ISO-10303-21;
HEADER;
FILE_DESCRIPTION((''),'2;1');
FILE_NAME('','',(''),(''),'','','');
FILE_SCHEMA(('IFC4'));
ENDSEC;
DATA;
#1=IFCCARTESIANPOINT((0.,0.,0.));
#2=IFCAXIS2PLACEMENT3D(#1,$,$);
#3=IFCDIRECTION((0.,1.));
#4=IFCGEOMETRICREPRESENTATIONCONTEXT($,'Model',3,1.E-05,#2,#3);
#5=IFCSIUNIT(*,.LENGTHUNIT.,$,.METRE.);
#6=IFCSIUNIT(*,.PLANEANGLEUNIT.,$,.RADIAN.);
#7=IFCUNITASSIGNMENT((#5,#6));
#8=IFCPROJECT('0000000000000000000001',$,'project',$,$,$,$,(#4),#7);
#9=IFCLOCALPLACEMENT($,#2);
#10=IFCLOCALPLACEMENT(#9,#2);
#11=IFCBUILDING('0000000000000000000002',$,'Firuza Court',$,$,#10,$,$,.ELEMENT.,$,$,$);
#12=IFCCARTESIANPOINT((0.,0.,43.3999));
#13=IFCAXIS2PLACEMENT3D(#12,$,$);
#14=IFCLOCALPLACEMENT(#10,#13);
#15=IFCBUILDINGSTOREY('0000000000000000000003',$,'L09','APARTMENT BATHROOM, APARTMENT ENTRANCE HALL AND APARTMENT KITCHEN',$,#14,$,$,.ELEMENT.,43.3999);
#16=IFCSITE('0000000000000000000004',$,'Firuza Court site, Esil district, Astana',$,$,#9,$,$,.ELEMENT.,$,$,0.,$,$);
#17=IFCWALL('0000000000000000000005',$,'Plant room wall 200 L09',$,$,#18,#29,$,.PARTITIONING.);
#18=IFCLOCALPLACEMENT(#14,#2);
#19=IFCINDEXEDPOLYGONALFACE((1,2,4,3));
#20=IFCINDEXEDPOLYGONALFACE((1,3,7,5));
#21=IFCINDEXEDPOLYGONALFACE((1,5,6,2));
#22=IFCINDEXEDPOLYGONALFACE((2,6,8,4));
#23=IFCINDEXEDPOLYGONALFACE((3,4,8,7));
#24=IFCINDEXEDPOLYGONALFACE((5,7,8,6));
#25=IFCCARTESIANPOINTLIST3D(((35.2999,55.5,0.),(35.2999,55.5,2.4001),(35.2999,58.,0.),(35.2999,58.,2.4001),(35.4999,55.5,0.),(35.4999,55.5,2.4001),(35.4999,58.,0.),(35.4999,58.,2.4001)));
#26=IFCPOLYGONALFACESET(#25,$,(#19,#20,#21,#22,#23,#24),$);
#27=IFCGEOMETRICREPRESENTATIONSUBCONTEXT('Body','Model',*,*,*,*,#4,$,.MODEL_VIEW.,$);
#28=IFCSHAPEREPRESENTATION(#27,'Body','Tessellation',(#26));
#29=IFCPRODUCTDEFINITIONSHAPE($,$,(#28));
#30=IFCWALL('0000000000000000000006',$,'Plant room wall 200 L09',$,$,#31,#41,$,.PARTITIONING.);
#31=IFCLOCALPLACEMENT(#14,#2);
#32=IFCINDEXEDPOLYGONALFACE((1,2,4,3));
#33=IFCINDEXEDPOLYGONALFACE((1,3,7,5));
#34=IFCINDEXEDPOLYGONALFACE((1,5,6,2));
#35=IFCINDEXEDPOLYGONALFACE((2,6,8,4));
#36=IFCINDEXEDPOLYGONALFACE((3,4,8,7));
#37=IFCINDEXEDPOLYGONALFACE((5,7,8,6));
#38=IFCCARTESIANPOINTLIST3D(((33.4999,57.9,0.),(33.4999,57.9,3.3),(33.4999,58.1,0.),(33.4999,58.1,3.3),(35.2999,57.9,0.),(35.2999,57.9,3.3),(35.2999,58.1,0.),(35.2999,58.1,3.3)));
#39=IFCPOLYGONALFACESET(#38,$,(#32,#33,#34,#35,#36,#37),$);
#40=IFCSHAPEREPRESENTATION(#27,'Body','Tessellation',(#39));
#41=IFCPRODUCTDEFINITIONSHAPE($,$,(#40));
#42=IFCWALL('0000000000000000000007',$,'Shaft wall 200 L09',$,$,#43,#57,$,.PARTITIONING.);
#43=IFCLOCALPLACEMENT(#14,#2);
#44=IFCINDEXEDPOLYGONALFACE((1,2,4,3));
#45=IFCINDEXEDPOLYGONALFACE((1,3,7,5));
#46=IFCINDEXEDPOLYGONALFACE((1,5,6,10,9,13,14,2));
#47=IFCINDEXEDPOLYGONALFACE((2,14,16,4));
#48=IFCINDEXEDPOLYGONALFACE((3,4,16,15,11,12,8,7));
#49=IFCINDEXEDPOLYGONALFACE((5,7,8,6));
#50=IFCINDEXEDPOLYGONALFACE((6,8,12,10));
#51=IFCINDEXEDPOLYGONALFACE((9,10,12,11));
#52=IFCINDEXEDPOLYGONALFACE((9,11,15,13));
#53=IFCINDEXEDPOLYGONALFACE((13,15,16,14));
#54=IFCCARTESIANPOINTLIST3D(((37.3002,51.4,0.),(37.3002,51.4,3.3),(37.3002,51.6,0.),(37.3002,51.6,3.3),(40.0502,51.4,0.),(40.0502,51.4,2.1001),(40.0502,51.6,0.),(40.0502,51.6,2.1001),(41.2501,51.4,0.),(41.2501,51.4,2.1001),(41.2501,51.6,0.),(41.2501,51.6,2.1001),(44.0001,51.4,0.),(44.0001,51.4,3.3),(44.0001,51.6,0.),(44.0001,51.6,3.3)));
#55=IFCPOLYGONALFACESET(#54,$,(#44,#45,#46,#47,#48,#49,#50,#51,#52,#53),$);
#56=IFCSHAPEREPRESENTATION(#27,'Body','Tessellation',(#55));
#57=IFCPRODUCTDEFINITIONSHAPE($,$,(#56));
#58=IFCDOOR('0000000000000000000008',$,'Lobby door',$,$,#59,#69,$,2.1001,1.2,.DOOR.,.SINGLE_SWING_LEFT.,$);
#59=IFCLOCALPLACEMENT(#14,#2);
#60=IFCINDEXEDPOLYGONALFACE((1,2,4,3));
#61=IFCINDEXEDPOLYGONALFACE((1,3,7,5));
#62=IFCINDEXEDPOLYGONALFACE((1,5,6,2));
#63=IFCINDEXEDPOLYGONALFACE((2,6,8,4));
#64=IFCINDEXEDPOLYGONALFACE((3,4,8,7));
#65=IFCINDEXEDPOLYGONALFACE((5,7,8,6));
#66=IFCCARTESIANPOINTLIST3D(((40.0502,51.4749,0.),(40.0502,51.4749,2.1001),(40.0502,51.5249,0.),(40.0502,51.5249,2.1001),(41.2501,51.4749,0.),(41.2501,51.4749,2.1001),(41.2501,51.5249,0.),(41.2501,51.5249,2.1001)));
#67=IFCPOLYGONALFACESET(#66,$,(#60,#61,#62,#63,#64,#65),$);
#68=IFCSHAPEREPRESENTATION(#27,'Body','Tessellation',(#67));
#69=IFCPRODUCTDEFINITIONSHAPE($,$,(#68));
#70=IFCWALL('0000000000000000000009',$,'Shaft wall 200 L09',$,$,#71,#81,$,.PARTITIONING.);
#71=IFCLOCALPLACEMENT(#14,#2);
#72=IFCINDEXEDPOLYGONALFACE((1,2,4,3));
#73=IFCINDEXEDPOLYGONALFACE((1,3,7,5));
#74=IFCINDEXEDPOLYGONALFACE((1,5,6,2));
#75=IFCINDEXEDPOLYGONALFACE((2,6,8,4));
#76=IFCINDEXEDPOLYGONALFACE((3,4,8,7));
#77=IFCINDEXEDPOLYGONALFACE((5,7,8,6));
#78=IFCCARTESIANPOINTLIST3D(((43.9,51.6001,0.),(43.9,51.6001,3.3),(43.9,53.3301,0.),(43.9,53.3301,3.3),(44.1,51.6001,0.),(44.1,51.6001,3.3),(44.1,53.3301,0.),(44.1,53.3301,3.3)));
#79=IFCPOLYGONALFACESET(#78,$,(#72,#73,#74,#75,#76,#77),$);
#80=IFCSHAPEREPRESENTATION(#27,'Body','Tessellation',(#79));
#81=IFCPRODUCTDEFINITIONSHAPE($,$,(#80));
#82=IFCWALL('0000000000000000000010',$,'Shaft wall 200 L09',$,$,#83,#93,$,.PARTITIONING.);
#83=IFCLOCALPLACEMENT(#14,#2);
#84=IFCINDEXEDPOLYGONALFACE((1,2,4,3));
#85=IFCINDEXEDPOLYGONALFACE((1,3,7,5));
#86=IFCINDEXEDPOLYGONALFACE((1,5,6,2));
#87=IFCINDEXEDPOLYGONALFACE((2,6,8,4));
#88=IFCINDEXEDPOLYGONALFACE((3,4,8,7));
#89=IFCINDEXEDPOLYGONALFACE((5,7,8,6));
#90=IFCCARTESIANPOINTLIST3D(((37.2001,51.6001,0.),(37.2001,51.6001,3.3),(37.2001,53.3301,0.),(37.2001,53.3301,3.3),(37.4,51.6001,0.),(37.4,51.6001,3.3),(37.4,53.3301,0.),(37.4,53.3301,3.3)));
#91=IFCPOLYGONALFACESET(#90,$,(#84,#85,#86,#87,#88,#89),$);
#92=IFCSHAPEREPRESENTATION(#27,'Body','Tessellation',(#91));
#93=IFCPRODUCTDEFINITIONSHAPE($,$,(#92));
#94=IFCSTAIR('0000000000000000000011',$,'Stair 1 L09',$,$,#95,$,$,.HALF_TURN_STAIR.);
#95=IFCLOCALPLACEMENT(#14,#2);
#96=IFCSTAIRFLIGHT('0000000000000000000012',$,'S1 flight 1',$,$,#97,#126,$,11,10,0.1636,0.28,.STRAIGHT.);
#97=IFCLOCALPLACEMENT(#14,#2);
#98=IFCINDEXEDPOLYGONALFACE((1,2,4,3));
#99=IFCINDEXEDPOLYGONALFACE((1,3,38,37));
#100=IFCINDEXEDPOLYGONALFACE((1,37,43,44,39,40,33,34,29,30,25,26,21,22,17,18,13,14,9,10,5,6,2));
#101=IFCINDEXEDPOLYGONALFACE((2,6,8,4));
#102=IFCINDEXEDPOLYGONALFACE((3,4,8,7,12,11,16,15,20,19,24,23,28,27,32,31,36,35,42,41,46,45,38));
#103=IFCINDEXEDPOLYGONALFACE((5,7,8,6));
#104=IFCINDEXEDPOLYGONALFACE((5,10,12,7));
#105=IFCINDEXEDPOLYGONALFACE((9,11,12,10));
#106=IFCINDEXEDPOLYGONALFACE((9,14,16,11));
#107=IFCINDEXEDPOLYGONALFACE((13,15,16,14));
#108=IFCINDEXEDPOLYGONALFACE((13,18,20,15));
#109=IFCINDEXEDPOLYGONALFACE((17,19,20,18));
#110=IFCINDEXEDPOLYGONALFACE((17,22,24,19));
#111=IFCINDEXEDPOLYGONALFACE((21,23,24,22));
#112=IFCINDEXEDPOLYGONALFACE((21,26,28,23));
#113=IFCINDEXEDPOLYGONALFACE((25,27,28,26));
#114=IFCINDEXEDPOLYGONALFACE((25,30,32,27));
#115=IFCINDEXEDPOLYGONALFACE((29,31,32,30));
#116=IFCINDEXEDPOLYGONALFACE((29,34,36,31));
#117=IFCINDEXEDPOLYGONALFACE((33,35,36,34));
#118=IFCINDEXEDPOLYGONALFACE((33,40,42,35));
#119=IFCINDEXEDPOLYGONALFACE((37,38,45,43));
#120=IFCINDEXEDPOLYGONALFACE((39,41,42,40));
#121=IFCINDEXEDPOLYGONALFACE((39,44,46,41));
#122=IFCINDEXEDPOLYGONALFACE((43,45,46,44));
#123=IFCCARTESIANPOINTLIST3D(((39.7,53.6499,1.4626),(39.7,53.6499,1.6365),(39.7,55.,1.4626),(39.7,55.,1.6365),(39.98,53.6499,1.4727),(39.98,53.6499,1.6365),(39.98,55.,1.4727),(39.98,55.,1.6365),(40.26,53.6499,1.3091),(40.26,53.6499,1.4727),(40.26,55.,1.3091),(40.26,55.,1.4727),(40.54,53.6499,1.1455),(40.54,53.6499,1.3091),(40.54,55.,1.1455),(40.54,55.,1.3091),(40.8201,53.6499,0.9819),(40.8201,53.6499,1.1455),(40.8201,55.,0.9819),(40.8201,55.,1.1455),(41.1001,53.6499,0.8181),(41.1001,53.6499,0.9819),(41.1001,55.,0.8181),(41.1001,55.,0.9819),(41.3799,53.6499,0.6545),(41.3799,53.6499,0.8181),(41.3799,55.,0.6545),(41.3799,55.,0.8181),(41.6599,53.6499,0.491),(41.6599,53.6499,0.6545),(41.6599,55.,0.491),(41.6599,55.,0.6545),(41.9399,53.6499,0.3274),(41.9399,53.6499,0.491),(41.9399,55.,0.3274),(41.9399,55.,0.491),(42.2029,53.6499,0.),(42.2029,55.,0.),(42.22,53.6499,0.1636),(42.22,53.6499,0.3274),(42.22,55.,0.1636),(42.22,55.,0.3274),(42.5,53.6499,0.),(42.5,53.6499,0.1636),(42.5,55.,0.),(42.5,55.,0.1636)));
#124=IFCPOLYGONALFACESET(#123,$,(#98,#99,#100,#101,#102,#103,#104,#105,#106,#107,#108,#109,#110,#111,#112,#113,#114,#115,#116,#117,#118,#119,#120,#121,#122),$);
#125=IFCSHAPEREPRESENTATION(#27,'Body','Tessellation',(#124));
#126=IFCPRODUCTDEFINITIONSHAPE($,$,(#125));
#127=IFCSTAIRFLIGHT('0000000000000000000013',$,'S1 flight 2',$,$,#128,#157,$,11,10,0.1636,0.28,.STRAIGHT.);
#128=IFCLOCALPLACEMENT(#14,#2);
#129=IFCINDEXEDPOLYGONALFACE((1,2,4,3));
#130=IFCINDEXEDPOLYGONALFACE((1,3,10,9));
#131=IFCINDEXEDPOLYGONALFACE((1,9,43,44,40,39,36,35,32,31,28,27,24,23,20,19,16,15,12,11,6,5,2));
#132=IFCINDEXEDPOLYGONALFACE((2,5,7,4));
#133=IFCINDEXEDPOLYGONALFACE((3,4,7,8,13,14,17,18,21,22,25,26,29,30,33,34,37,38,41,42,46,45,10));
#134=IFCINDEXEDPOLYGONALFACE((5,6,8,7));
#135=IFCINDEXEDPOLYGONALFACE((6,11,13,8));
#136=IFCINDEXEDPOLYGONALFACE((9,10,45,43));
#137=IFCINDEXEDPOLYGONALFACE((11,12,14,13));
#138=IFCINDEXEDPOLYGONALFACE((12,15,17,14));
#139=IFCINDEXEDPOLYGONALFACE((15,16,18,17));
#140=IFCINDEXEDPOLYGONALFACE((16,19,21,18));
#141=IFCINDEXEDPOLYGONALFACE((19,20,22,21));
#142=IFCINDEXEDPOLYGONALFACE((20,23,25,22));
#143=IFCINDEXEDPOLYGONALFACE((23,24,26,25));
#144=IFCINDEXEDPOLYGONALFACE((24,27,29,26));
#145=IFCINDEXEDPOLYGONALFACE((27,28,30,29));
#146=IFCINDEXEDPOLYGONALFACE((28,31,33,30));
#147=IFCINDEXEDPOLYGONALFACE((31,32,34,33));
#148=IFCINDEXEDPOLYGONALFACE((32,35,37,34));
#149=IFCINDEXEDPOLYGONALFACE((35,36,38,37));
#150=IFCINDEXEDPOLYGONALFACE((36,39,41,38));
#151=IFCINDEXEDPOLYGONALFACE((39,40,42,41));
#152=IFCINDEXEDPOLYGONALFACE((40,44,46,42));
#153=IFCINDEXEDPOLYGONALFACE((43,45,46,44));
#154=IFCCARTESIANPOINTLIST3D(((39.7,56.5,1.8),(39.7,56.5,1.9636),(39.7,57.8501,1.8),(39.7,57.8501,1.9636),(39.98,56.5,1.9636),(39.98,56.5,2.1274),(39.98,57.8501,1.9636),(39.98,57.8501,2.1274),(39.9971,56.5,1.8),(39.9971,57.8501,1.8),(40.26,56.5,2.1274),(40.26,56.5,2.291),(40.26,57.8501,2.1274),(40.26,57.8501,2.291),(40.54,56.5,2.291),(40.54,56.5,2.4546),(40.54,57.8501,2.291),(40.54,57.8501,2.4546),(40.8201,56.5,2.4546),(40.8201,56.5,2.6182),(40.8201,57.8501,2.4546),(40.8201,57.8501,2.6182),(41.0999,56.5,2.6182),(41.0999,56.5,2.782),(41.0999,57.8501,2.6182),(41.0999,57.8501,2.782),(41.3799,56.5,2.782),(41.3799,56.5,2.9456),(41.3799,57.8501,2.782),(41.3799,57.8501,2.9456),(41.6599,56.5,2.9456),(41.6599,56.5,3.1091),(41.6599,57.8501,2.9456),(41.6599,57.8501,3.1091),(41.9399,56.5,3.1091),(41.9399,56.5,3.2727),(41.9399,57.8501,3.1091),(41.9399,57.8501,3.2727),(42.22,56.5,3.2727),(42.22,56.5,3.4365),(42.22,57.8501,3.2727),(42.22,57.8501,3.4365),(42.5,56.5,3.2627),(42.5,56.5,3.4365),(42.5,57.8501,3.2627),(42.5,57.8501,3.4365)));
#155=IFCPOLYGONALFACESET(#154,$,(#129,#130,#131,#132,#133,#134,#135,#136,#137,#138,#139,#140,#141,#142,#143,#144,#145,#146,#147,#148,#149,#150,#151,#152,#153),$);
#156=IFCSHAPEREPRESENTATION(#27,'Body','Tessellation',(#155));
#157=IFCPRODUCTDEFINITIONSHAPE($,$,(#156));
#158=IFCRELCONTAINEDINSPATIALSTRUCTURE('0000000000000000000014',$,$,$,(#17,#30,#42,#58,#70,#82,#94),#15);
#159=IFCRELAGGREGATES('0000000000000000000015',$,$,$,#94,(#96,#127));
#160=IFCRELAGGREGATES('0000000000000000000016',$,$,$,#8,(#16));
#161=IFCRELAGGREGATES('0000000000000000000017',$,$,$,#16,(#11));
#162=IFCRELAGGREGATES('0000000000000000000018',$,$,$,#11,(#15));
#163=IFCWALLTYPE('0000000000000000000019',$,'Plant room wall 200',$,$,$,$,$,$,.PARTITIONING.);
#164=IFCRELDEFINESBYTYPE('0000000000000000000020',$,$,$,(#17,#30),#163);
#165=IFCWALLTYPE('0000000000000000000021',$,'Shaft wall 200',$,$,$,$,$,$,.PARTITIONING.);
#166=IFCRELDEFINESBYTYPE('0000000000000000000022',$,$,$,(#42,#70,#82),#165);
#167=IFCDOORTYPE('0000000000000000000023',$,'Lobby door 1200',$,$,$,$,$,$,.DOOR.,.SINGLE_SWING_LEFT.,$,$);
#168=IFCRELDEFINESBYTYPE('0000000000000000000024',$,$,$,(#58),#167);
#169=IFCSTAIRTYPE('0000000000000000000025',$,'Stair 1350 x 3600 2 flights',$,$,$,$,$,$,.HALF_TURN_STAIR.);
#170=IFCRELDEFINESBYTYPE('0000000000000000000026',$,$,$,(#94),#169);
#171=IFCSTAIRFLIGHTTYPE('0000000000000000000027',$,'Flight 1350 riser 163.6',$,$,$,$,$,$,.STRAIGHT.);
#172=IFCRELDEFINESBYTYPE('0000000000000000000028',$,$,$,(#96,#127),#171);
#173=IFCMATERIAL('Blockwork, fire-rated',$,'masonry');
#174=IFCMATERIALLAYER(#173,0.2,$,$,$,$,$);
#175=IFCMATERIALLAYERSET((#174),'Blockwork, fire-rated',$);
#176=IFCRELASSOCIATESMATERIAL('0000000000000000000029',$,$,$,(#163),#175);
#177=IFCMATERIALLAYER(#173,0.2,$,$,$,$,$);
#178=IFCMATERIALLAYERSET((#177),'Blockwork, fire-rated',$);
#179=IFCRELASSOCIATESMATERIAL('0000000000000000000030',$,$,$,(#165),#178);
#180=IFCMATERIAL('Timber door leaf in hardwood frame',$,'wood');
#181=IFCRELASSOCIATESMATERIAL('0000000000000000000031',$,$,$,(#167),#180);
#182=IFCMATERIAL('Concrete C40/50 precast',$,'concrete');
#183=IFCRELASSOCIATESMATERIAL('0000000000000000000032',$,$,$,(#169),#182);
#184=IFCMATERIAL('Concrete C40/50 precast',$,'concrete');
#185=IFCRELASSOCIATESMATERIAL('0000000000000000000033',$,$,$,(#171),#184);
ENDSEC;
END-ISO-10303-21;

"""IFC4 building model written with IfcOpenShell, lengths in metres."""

from ifc_helpers import new_model, si_unit, direction, frame, frame_2d, origin, place, context, subcontext, project, spatial, polyline, rectangle, outline, extrude, material, layer, layer_set, type_object, element, fill, aggregate, save


model = new_model("IFC4")

# Units and contexts
model_context = context("Model", 3, precision=1e-05, world=origin(), true_north=direction((0.0, 1.0)))
body_context = subcontext(model_context, "Body", "Model", "MODEL_VIEW")
ifc_project = project(units=[si_unit("LENGTHUNIT", "METRE"), si_unit("PLANEANGLEUNIT", "RADIAN")], contexts=[model_context])

# Site, building, storey
site_placement = place(None, origin())
site = spatial("IfcSite", under=ifc_project, at=site_placement, Name="Firuza Court site, Esil district, Astana", CompositionType="ELEMENT", RefElevation=0.0)
building_placement = place(site_placement, origin())
building = spatial("IfcBuilding", under=site, at=building_placement, Name="Firuza Court", CompositionType="ELEMENT")
storey_placement = place(building_placement, frame((0.0, 0.0, 43.3999)))
storey = spatial("IfcBuildingStorey", under=building, at=storey_placement, Name="L09", Description="APARTMENT BATHROOM, APARTMENT ENTRANCE HALL AND APARTMENT KITCHEN", CompositionType="ELEMENT", Elevation=43.3999)

# Shared definitions
ifc_material_1 = material(Name="Blockwork, fire-rated", Category="masonry")
ifc_layer_1 = layer(ifc_material_1, 0.2)
ifc_layer_set_1 = layer_set([ifc_layer_1], Name="Blockwork, fire-rated")
wall_type_1 = type_object("IfcWallType", Name="Plant room wall 200", PredefinedType="PARTITIONING", material=ifc_layer_set_1)

# Walls
wall_1_placement = place(storey_placement, frame((35.3999, 55.5, 0.0), z_axis=(0.0, 0.0, 1.0), x_axis=(0.0, 1.0, 0.0)))
element("IfcWall", 1, at=wall_1_placement, inside=storey, type_object=wall_type_1, Name="Plant room wall 200 L09", PredefinedType="PARTITIONING", context=body_context, shape_type="SweptSolid", body=[
    extrude(rectangle(XDim=2.5, YDim=0.2, at=frame_2d((1.25, 0.0))), origin(), (0.0, 0.0, 1.0), 2.4001),
])
wall_2_placement = place(storey_placement, frame((33.5, 58.0, 0.0), z_axis=(0.0, 0.0, 1.0), x_axis=(1.0, 0.0, 0.0)))
element("IfcWall", 2, at=wall_2_placement, inside=storey, type_object=wall_type_1, Name="Plant room wall 200 L09", PredefinedType="PARTITIONING", context=body_context, shape_type="SweptSolid", body=[
    extrude(rectangle(XDim=1.8, YDim=0.2, at=frame_2d((0.8999, 0.0))), origin(), (0.0, 0.0, 1.0), 3.3),
])

# Wall, opening, door
ifc_layer_2 = layer(ifc_material_1, 0.2)
ifc_layer_set_2 = layer_set([ifc_layer_2], Name="Blockwork, fire-rated")
wall_type_2 = type_object("IfcWallType", Name="Shaft wall 200", PredefinedType="PARTITIONING", material=ifc_layer_set_2)
wall_3_placement = place(storey_placement, frame((37.3, 51.5, 0.0), z_axis=(0.0, 0.0, 1.0), x_axis=(1.0, 0.0, 0.0)))
wall_3 = element("IfcWall", 3, at=wall_3_placement, inside=storey, type_object=wall_type_2, Name="Shaft wall 200 L09", PredefinedType="PARTITIONING", context=body_context, shape_type="SweptSolid", body=[
    extrude(rectangle(XDim=6.7, YDim=0.2, at=frame_2d((3.3501, 0.0))), origin(), (0.0, 0.0, 1.0), 3.3),
])
opening_1_placement = place(wall_3_placement, frame((2.75, 0.0, 0.0)))
opening_1 = element("IfcOpeningElement", 4, at=opening_1_placement, cuts=wall_3, PredefinedType="OPENING", context=body_context, shape_type="SweptSolid", body=[
    extrude(rectangle(XDim=1.2, YDim=2.1001, at=frame_2d((0.6001, 1.05))), frame((0.0, 0.1118, 0.0), z_axis=(0.0, -1.0, 0.0), x_axis=(1.0, 0.0, 0.0)), (0.0, 0.0, 1.0), 0.2239),
])
ifc_material_2 = material(Name="Timber door leaf in hardwood frame", Category="wood")
door_type_1 = type_object("IfcDoorType", Name="Lobby door 1200", OperationType="SINGLE_SWING_LEFT", PredefinedType="DOOR", material=ifc_material_2)
door_1_placement = place(opening_1_placement, origin())
door_1 = element("IfcDoor", 5, at=door_1_placement, inside=storey, type_object=door_type_1, Name="Lobby door", OperationType="SINGLE_SWING_LEFT", OverallHeight=2.1001, OverallWidth=1.2, PredefinedType="DOOR", context=body_context, shape_type="SweptSolid", body=[
    extrude(rectangle(XDim=1.2, YDim=2.1001, at=frame_2d((0.6001, 1.05))), frame((0.0, 0.0249, 0.0), z_axis=(0.0, -1.0, 0.0), x_axis=(1.0, 0.0, 0.0)), (0.0, 0.0, 1.0), 0.05),
])
fill(opening_1, door_1)

# Walls
for number, where, z_axis, x_axis, name in (
    (6, (44.0, 51.6001, 0.0), (0.0, 0.0, 1.0), (0.0, 1.0, 0.0), "Shaft wall 200 L09"),
    (7, (37.3, 51.6001, 0.0), (0.0, 0.0, 1.0), (0.0, 1.0, 0.0), "Shaft wall 200 L09"),
):
    element("IfcWall", number, at=place(storey_placement, frame(where, z_axis=z_axis, x_axis=x_axis)), inside=storey, type_object=wall_type_2, Name=name, PredefinedType="PARTITIONING", context=body_context, shape_type="SweptSolid", body=[
        extrude(rectangle(XDim=1.73, YDim=0.2, at=frame_2d((0.865, 0.0))), origin(), (0.0, 0.0, 1.0), 3.3),
    ])

# Stair, stair flights
ifc_material_3 = material(Name="Concrete C40/50 precast", Category="concrete")
stair_type = type_object("IfcStairType", Name="Stair 1350 x 3600 2 flights", PredefinedType="HALF_TURN_STAIR", material=ifc_material_3)
stair_placement = place(storey_placement, origin())
stair = element("IfcStair", 8, at=stair_placement, inside=storey, type_object=stair_type, Name="Stair 1 L09", PredefinedType="HALF_TURN_STAIR")
ifc_material_4 = material(Name="Concrete C40/50 precast", Category="concrete")
stair_flight_type = type_object("IfcStairFlightType", Name="Flight 1350 riser 163.6", PredefinedType="STRAIGHT", material=ifc_material_4)
stair_flight_1_placement = place(storey_placement, frame((42.5, 54.325, 0.0), z_axis=(0.0, 0.0, 1.0), x_axis=(-1.0, 0.0, 0.0)))
stair_flight_1 = element("IfcStairFlight", 9, at=stair_flight_1_placement, type_object=stair_flight_type, Name="S1 flight 1", NumberOfRisers=11, NumberOfTreads=10, PredefinedType="STRAIGHT", RiserHeight=0.1636, TreadLength=0.28, context=body_context, shape_type="SweptSolid", body=[
    extrude(outline(polyline([(0.0, 0.0), (0.0, 0.1636), (0.28, 0.1636), (0.28, 0.3274), (0.5601, 0.3274), (0.5601, 0.491), (0.8401, 0.491), (0.8401, 0.6545), (1.1201, 0.6545), (1.1201, 0.8181), (1.3999, 0.8181), (1.3999, 0.9819), (1.6799, 0.9819), (1.6799, 1.1455), (1.96, 1.1455), (1.96, 1.3091), (2.24, 1.3091), (2.24, 1.4727), (2.52, 1.4727), (2.52, 1.6365), (2.8, 1.6365), (2.8, 1.8), (2.8, 1.4626), (0.2971, 0.0), (0.0, 0.0)])), frame((0.0, 0.675, 0.0), z_axis=(0.0, -1.0, 0.0), x_axis=(1.0, 0.0, 0.0)), (0.0, 0.0, 1.0), 1.3501),
])
stair_flight_2_placement = place(storey_placement, frame((39.7, 57.175, 1.8), z_axis=(0.0, 0.0, 1.0), x_axis=(1.0, 0.0, 0.0)))
stair_flight_2 = element("IfcStairFlight", 10, at=stair_flight_2_placement, type_object=stair_flight_type, Name="S1 flight 2", NumberOfRisers=11, NumberOfTreads=10, PredefinedType="STRAIGHT", RiserHeight=0.1636, TreadLength=0.28, context=body_context, shape_type="SweptSolid", body=[
    extrude(outline(polyline([(0.0, 0.0), (0.0, 0.1636), (0.28, 0.1636), (0.28, 0.3274), (0.5601, 0.3274), (0.5601, 0.491), (0.8401, 0.491), (0.8401, 0.6545), (1.1201, 0.6545), (1.1201, 0.8181), (1.3999, 0.8181), (1.3999, 0.9819), (1.6799, 0.9819), (1.6799, 1.1455), (1.96, 1.1455), (1.96, 1.3091), (2.24, 1.3091), (2.24, 1.4727), (2.52, 1.4727), (2.52, 1.6365), (2.8, 1.6365), (2.8, 1.8), (2.8, 1.4626), (0.2971, 0.0), (0.0, 0.0)])), frame((0.0, 0.675, 0.0), z_axis=(0.0, -1.0, 0.0), x_axis=(1.0, 0.0, 0.0)), (0.0, 0.0, 1.0), 1.3501),
])
aggregate(stair, [stair_flight_1, stair_flight_2])

save(model, "model.ifc")
